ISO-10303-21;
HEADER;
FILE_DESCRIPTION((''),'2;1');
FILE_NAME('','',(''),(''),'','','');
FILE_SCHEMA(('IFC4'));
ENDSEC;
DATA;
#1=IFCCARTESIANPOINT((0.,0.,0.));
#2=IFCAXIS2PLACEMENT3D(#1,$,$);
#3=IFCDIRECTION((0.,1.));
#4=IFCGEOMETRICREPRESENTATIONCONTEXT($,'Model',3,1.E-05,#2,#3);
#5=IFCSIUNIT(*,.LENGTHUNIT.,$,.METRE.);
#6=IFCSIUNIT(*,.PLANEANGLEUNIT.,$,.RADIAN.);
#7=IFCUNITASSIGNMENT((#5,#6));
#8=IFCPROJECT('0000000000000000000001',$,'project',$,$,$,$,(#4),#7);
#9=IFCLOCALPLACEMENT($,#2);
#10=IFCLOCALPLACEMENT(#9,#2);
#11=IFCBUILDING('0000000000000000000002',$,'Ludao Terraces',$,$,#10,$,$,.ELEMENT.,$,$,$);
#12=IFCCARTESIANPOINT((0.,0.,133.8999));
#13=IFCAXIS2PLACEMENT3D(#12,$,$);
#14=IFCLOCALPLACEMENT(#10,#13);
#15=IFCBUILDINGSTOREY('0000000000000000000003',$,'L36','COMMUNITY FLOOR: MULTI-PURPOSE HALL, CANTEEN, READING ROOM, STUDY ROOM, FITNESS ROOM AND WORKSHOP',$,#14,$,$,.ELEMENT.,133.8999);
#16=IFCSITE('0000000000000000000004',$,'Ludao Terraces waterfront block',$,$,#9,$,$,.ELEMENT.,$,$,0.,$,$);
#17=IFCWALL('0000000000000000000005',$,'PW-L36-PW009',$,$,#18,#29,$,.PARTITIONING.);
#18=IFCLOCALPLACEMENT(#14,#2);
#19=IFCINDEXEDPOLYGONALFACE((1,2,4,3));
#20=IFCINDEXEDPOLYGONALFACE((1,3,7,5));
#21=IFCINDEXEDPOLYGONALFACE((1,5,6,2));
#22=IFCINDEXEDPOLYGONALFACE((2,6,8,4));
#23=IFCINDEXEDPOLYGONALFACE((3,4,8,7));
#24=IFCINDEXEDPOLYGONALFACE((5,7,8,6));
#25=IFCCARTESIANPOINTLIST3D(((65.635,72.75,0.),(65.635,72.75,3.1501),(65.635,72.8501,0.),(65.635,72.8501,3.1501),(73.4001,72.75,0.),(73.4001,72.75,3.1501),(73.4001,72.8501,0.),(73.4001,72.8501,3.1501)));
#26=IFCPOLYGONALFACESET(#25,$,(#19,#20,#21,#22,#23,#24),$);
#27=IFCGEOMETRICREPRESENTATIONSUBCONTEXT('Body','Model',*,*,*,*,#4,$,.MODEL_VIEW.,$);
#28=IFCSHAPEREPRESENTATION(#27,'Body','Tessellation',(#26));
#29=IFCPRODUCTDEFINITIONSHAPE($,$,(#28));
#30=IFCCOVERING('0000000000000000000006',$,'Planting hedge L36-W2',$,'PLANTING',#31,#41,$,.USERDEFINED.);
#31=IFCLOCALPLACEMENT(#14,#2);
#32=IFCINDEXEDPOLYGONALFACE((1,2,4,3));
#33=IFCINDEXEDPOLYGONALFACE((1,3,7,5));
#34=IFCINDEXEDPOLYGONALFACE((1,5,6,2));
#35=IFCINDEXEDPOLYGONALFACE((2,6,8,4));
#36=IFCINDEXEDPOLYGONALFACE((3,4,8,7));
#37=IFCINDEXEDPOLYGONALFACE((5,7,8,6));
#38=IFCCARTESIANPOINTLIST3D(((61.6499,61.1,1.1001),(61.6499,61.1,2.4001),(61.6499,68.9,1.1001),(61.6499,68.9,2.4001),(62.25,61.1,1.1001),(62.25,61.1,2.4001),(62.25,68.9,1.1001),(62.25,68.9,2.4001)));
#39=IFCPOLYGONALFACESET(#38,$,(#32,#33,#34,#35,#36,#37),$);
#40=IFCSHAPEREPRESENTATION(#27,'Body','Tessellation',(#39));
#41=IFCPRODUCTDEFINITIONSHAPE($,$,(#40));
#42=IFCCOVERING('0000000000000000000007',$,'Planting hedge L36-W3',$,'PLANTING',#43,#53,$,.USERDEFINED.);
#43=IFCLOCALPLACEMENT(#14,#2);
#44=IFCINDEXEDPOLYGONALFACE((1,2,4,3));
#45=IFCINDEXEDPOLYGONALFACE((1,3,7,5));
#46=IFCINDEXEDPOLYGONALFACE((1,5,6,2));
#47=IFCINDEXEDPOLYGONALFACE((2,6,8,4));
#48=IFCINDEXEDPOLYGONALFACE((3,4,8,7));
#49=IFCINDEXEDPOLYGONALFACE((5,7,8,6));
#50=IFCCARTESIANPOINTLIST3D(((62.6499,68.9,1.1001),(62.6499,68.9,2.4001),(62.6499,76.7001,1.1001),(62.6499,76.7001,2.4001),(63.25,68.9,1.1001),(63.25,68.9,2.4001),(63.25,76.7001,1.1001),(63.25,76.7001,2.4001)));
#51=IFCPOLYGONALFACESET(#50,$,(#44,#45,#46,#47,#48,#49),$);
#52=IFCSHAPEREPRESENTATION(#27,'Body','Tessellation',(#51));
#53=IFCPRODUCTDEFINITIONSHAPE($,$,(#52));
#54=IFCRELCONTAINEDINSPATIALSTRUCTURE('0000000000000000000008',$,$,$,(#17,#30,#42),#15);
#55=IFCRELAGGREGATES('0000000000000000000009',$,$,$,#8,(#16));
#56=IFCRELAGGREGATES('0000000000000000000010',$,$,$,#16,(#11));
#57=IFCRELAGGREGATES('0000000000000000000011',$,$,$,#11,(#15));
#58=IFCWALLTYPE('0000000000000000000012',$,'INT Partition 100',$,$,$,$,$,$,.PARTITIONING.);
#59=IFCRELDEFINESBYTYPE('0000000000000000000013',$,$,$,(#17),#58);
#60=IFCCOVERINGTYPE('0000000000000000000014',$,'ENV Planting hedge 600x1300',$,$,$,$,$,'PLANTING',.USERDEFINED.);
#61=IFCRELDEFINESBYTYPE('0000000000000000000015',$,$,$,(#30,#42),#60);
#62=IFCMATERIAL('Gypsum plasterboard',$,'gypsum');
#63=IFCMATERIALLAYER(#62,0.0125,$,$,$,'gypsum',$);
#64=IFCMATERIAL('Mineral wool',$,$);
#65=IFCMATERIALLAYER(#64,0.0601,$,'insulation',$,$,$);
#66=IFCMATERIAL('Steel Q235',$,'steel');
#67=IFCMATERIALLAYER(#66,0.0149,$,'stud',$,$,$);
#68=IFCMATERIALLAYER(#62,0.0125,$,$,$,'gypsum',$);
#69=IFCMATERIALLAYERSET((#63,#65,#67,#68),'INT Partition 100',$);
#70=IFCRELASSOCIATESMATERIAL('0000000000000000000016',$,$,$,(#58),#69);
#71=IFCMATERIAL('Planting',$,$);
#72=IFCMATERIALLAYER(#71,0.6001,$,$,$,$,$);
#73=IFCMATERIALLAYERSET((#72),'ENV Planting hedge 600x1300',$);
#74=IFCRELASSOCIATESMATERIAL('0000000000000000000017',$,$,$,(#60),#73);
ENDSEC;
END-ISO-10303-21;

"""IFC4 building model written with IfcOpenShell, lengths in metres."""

from ifc_helpers import new_model, si_unit, direction, frame, frame_2d, origin, origin_2d, place, context, subcontext, project, spatial, rectangle, extrude, material, layer, layer_set, type_object, element, save


model = new_model("IFC4")

# Units and contexts
model_context = context("Model", 3, precision=1e-05, world=origin(), true_north=direction((0.0, 1.0)))
body_context = subcontext(model_context, "Body", "Model", "MODEL_VIEW")
ifc_project = project(units=[si_unit("LENGTHUNIT", "METRE"), si_unit("PLANEANGLEUNIT", "RADIAN")], contexts=[model_context])

# Site, building, storey
site_placement = place(None, origin())
site = spatial("IfcSite", under=ifc_project, at=site_placement, Name="Ludao Terraces waterfront block", CompositionType="ELEMENT", RefElevation=0.0)
building_placement = place(site_placement, origin())
building = spatial("IfcBuilding", under=site, at=building_placement, Name="Ludao Terraces", CompositionType="ELEMENT")
storey_placement = place(building_placement, frame((0.0, 0.0, 133.8999)))
storey = spatial("IfcBuildingStorey", under=building, at=storey_placement, Name="L36", Description="COMMUNITY FLOOR: MULTI-PURPOSE HALL, CANTEEN, READING ROOM, STUDY ROOM, FITNESS ROOM AND WORKSHOP", CompositionType="ELEMENT", Elevation=133.8999)

# Shared definitions
ifc_material_1 = material(Name="Mineral wool")

# Wall
ifc_material_2 = material(Name="Gypsum plasterboard", Category="gypsum")
ifc_layer_1 = layer(ifc_material_2, 0.0125, Category="gypsum")
ifc_layer_2 = layer(ifc_material_1, 0.0601, Name="insulation")
ifc_material_3 = material(Name="Steel Q235", Category="steel")
ifc_layer_3 = layer(ifc_material_3, 0.0149, Name="stud")
ifc_layer_4 = layer(ifc_material_2, 0.0125, Category="gypsum")
ifc_layer_set_1 = layer_set([ifc_layer_1, ifc_layer_2, ifc_layer_3, ifc_layer_4], Name="INT Partition 100")
wall_type_1 = type_object("IfcWallType", Name="INT Partition 100", PredefinedType="PARTITIONING", material=ifc_layer_set_1)
wall_1_placement = place(storey_placement, frame((65.635, 72.8, 0.0), z_axis=(0.0, 0.0, 1.0), x_axis=(1.0, 0.0, 0.0)))
element("IfcWall", 1, at=wall_1_placement, inside=storey, type_object=wall_type_1, Name="PW-L36-PW009", PredefinedType="PARTITIONING", context=body_context, shape_type="SweptSolid", body=[
    extrude(rectangle(XDim=7.7651, YDim=0.1001, at=frame_2d((3.8826, 0.0))), origin(), (0.0, 0.0, 1.0), 3.1501),
])

# Coverings
ifc_material_4 = material(Name="Planting")
ifc_layer_5 = layer(ifc_material_4, 0.6001)
ifc_layer_set_2 = layer_set([ifc_layer_5], Name="ENV Planting hedge 600x1300")
covering_type = type_object("IfcCoveringType", Name="ENV Planting hedge 600x1300", ElementType="PLANTING", PredefinedType="USERDEFINED", material=ifc_layer_set_2)
for number, where, z_axis, x_axis, name in (
    (2, (61.95, 65.0, 1.1001), (0.0, 0.0, 1.0), (1.0, 0.0, 0.0), "Planting hedge L36-W2"),
    (3, (62.95, 72.8, 1.1001), (0.0, 0.0, 1.0), (1.0, 0.0, 0.0), "Planting hedge L36-W3"),
):
    element("IfcCovering", number, at=place(storey_placement, frame(where, z_axis=z_axis, x_axis=x_axis)), inside=storey, type_object=covering_type, Name=name, ObjectType="PLANTING", PredefinedType="USERDEFINED", context=body_context, shape_type="SweptSolid", body=[
        extrude(rectangle(XDim=0.6001, YDim=7.8, at=origin_2d()), origin(), (0.0, 0.0, 1.0), 1.3),
    ])

save(model, "model.ifc")
